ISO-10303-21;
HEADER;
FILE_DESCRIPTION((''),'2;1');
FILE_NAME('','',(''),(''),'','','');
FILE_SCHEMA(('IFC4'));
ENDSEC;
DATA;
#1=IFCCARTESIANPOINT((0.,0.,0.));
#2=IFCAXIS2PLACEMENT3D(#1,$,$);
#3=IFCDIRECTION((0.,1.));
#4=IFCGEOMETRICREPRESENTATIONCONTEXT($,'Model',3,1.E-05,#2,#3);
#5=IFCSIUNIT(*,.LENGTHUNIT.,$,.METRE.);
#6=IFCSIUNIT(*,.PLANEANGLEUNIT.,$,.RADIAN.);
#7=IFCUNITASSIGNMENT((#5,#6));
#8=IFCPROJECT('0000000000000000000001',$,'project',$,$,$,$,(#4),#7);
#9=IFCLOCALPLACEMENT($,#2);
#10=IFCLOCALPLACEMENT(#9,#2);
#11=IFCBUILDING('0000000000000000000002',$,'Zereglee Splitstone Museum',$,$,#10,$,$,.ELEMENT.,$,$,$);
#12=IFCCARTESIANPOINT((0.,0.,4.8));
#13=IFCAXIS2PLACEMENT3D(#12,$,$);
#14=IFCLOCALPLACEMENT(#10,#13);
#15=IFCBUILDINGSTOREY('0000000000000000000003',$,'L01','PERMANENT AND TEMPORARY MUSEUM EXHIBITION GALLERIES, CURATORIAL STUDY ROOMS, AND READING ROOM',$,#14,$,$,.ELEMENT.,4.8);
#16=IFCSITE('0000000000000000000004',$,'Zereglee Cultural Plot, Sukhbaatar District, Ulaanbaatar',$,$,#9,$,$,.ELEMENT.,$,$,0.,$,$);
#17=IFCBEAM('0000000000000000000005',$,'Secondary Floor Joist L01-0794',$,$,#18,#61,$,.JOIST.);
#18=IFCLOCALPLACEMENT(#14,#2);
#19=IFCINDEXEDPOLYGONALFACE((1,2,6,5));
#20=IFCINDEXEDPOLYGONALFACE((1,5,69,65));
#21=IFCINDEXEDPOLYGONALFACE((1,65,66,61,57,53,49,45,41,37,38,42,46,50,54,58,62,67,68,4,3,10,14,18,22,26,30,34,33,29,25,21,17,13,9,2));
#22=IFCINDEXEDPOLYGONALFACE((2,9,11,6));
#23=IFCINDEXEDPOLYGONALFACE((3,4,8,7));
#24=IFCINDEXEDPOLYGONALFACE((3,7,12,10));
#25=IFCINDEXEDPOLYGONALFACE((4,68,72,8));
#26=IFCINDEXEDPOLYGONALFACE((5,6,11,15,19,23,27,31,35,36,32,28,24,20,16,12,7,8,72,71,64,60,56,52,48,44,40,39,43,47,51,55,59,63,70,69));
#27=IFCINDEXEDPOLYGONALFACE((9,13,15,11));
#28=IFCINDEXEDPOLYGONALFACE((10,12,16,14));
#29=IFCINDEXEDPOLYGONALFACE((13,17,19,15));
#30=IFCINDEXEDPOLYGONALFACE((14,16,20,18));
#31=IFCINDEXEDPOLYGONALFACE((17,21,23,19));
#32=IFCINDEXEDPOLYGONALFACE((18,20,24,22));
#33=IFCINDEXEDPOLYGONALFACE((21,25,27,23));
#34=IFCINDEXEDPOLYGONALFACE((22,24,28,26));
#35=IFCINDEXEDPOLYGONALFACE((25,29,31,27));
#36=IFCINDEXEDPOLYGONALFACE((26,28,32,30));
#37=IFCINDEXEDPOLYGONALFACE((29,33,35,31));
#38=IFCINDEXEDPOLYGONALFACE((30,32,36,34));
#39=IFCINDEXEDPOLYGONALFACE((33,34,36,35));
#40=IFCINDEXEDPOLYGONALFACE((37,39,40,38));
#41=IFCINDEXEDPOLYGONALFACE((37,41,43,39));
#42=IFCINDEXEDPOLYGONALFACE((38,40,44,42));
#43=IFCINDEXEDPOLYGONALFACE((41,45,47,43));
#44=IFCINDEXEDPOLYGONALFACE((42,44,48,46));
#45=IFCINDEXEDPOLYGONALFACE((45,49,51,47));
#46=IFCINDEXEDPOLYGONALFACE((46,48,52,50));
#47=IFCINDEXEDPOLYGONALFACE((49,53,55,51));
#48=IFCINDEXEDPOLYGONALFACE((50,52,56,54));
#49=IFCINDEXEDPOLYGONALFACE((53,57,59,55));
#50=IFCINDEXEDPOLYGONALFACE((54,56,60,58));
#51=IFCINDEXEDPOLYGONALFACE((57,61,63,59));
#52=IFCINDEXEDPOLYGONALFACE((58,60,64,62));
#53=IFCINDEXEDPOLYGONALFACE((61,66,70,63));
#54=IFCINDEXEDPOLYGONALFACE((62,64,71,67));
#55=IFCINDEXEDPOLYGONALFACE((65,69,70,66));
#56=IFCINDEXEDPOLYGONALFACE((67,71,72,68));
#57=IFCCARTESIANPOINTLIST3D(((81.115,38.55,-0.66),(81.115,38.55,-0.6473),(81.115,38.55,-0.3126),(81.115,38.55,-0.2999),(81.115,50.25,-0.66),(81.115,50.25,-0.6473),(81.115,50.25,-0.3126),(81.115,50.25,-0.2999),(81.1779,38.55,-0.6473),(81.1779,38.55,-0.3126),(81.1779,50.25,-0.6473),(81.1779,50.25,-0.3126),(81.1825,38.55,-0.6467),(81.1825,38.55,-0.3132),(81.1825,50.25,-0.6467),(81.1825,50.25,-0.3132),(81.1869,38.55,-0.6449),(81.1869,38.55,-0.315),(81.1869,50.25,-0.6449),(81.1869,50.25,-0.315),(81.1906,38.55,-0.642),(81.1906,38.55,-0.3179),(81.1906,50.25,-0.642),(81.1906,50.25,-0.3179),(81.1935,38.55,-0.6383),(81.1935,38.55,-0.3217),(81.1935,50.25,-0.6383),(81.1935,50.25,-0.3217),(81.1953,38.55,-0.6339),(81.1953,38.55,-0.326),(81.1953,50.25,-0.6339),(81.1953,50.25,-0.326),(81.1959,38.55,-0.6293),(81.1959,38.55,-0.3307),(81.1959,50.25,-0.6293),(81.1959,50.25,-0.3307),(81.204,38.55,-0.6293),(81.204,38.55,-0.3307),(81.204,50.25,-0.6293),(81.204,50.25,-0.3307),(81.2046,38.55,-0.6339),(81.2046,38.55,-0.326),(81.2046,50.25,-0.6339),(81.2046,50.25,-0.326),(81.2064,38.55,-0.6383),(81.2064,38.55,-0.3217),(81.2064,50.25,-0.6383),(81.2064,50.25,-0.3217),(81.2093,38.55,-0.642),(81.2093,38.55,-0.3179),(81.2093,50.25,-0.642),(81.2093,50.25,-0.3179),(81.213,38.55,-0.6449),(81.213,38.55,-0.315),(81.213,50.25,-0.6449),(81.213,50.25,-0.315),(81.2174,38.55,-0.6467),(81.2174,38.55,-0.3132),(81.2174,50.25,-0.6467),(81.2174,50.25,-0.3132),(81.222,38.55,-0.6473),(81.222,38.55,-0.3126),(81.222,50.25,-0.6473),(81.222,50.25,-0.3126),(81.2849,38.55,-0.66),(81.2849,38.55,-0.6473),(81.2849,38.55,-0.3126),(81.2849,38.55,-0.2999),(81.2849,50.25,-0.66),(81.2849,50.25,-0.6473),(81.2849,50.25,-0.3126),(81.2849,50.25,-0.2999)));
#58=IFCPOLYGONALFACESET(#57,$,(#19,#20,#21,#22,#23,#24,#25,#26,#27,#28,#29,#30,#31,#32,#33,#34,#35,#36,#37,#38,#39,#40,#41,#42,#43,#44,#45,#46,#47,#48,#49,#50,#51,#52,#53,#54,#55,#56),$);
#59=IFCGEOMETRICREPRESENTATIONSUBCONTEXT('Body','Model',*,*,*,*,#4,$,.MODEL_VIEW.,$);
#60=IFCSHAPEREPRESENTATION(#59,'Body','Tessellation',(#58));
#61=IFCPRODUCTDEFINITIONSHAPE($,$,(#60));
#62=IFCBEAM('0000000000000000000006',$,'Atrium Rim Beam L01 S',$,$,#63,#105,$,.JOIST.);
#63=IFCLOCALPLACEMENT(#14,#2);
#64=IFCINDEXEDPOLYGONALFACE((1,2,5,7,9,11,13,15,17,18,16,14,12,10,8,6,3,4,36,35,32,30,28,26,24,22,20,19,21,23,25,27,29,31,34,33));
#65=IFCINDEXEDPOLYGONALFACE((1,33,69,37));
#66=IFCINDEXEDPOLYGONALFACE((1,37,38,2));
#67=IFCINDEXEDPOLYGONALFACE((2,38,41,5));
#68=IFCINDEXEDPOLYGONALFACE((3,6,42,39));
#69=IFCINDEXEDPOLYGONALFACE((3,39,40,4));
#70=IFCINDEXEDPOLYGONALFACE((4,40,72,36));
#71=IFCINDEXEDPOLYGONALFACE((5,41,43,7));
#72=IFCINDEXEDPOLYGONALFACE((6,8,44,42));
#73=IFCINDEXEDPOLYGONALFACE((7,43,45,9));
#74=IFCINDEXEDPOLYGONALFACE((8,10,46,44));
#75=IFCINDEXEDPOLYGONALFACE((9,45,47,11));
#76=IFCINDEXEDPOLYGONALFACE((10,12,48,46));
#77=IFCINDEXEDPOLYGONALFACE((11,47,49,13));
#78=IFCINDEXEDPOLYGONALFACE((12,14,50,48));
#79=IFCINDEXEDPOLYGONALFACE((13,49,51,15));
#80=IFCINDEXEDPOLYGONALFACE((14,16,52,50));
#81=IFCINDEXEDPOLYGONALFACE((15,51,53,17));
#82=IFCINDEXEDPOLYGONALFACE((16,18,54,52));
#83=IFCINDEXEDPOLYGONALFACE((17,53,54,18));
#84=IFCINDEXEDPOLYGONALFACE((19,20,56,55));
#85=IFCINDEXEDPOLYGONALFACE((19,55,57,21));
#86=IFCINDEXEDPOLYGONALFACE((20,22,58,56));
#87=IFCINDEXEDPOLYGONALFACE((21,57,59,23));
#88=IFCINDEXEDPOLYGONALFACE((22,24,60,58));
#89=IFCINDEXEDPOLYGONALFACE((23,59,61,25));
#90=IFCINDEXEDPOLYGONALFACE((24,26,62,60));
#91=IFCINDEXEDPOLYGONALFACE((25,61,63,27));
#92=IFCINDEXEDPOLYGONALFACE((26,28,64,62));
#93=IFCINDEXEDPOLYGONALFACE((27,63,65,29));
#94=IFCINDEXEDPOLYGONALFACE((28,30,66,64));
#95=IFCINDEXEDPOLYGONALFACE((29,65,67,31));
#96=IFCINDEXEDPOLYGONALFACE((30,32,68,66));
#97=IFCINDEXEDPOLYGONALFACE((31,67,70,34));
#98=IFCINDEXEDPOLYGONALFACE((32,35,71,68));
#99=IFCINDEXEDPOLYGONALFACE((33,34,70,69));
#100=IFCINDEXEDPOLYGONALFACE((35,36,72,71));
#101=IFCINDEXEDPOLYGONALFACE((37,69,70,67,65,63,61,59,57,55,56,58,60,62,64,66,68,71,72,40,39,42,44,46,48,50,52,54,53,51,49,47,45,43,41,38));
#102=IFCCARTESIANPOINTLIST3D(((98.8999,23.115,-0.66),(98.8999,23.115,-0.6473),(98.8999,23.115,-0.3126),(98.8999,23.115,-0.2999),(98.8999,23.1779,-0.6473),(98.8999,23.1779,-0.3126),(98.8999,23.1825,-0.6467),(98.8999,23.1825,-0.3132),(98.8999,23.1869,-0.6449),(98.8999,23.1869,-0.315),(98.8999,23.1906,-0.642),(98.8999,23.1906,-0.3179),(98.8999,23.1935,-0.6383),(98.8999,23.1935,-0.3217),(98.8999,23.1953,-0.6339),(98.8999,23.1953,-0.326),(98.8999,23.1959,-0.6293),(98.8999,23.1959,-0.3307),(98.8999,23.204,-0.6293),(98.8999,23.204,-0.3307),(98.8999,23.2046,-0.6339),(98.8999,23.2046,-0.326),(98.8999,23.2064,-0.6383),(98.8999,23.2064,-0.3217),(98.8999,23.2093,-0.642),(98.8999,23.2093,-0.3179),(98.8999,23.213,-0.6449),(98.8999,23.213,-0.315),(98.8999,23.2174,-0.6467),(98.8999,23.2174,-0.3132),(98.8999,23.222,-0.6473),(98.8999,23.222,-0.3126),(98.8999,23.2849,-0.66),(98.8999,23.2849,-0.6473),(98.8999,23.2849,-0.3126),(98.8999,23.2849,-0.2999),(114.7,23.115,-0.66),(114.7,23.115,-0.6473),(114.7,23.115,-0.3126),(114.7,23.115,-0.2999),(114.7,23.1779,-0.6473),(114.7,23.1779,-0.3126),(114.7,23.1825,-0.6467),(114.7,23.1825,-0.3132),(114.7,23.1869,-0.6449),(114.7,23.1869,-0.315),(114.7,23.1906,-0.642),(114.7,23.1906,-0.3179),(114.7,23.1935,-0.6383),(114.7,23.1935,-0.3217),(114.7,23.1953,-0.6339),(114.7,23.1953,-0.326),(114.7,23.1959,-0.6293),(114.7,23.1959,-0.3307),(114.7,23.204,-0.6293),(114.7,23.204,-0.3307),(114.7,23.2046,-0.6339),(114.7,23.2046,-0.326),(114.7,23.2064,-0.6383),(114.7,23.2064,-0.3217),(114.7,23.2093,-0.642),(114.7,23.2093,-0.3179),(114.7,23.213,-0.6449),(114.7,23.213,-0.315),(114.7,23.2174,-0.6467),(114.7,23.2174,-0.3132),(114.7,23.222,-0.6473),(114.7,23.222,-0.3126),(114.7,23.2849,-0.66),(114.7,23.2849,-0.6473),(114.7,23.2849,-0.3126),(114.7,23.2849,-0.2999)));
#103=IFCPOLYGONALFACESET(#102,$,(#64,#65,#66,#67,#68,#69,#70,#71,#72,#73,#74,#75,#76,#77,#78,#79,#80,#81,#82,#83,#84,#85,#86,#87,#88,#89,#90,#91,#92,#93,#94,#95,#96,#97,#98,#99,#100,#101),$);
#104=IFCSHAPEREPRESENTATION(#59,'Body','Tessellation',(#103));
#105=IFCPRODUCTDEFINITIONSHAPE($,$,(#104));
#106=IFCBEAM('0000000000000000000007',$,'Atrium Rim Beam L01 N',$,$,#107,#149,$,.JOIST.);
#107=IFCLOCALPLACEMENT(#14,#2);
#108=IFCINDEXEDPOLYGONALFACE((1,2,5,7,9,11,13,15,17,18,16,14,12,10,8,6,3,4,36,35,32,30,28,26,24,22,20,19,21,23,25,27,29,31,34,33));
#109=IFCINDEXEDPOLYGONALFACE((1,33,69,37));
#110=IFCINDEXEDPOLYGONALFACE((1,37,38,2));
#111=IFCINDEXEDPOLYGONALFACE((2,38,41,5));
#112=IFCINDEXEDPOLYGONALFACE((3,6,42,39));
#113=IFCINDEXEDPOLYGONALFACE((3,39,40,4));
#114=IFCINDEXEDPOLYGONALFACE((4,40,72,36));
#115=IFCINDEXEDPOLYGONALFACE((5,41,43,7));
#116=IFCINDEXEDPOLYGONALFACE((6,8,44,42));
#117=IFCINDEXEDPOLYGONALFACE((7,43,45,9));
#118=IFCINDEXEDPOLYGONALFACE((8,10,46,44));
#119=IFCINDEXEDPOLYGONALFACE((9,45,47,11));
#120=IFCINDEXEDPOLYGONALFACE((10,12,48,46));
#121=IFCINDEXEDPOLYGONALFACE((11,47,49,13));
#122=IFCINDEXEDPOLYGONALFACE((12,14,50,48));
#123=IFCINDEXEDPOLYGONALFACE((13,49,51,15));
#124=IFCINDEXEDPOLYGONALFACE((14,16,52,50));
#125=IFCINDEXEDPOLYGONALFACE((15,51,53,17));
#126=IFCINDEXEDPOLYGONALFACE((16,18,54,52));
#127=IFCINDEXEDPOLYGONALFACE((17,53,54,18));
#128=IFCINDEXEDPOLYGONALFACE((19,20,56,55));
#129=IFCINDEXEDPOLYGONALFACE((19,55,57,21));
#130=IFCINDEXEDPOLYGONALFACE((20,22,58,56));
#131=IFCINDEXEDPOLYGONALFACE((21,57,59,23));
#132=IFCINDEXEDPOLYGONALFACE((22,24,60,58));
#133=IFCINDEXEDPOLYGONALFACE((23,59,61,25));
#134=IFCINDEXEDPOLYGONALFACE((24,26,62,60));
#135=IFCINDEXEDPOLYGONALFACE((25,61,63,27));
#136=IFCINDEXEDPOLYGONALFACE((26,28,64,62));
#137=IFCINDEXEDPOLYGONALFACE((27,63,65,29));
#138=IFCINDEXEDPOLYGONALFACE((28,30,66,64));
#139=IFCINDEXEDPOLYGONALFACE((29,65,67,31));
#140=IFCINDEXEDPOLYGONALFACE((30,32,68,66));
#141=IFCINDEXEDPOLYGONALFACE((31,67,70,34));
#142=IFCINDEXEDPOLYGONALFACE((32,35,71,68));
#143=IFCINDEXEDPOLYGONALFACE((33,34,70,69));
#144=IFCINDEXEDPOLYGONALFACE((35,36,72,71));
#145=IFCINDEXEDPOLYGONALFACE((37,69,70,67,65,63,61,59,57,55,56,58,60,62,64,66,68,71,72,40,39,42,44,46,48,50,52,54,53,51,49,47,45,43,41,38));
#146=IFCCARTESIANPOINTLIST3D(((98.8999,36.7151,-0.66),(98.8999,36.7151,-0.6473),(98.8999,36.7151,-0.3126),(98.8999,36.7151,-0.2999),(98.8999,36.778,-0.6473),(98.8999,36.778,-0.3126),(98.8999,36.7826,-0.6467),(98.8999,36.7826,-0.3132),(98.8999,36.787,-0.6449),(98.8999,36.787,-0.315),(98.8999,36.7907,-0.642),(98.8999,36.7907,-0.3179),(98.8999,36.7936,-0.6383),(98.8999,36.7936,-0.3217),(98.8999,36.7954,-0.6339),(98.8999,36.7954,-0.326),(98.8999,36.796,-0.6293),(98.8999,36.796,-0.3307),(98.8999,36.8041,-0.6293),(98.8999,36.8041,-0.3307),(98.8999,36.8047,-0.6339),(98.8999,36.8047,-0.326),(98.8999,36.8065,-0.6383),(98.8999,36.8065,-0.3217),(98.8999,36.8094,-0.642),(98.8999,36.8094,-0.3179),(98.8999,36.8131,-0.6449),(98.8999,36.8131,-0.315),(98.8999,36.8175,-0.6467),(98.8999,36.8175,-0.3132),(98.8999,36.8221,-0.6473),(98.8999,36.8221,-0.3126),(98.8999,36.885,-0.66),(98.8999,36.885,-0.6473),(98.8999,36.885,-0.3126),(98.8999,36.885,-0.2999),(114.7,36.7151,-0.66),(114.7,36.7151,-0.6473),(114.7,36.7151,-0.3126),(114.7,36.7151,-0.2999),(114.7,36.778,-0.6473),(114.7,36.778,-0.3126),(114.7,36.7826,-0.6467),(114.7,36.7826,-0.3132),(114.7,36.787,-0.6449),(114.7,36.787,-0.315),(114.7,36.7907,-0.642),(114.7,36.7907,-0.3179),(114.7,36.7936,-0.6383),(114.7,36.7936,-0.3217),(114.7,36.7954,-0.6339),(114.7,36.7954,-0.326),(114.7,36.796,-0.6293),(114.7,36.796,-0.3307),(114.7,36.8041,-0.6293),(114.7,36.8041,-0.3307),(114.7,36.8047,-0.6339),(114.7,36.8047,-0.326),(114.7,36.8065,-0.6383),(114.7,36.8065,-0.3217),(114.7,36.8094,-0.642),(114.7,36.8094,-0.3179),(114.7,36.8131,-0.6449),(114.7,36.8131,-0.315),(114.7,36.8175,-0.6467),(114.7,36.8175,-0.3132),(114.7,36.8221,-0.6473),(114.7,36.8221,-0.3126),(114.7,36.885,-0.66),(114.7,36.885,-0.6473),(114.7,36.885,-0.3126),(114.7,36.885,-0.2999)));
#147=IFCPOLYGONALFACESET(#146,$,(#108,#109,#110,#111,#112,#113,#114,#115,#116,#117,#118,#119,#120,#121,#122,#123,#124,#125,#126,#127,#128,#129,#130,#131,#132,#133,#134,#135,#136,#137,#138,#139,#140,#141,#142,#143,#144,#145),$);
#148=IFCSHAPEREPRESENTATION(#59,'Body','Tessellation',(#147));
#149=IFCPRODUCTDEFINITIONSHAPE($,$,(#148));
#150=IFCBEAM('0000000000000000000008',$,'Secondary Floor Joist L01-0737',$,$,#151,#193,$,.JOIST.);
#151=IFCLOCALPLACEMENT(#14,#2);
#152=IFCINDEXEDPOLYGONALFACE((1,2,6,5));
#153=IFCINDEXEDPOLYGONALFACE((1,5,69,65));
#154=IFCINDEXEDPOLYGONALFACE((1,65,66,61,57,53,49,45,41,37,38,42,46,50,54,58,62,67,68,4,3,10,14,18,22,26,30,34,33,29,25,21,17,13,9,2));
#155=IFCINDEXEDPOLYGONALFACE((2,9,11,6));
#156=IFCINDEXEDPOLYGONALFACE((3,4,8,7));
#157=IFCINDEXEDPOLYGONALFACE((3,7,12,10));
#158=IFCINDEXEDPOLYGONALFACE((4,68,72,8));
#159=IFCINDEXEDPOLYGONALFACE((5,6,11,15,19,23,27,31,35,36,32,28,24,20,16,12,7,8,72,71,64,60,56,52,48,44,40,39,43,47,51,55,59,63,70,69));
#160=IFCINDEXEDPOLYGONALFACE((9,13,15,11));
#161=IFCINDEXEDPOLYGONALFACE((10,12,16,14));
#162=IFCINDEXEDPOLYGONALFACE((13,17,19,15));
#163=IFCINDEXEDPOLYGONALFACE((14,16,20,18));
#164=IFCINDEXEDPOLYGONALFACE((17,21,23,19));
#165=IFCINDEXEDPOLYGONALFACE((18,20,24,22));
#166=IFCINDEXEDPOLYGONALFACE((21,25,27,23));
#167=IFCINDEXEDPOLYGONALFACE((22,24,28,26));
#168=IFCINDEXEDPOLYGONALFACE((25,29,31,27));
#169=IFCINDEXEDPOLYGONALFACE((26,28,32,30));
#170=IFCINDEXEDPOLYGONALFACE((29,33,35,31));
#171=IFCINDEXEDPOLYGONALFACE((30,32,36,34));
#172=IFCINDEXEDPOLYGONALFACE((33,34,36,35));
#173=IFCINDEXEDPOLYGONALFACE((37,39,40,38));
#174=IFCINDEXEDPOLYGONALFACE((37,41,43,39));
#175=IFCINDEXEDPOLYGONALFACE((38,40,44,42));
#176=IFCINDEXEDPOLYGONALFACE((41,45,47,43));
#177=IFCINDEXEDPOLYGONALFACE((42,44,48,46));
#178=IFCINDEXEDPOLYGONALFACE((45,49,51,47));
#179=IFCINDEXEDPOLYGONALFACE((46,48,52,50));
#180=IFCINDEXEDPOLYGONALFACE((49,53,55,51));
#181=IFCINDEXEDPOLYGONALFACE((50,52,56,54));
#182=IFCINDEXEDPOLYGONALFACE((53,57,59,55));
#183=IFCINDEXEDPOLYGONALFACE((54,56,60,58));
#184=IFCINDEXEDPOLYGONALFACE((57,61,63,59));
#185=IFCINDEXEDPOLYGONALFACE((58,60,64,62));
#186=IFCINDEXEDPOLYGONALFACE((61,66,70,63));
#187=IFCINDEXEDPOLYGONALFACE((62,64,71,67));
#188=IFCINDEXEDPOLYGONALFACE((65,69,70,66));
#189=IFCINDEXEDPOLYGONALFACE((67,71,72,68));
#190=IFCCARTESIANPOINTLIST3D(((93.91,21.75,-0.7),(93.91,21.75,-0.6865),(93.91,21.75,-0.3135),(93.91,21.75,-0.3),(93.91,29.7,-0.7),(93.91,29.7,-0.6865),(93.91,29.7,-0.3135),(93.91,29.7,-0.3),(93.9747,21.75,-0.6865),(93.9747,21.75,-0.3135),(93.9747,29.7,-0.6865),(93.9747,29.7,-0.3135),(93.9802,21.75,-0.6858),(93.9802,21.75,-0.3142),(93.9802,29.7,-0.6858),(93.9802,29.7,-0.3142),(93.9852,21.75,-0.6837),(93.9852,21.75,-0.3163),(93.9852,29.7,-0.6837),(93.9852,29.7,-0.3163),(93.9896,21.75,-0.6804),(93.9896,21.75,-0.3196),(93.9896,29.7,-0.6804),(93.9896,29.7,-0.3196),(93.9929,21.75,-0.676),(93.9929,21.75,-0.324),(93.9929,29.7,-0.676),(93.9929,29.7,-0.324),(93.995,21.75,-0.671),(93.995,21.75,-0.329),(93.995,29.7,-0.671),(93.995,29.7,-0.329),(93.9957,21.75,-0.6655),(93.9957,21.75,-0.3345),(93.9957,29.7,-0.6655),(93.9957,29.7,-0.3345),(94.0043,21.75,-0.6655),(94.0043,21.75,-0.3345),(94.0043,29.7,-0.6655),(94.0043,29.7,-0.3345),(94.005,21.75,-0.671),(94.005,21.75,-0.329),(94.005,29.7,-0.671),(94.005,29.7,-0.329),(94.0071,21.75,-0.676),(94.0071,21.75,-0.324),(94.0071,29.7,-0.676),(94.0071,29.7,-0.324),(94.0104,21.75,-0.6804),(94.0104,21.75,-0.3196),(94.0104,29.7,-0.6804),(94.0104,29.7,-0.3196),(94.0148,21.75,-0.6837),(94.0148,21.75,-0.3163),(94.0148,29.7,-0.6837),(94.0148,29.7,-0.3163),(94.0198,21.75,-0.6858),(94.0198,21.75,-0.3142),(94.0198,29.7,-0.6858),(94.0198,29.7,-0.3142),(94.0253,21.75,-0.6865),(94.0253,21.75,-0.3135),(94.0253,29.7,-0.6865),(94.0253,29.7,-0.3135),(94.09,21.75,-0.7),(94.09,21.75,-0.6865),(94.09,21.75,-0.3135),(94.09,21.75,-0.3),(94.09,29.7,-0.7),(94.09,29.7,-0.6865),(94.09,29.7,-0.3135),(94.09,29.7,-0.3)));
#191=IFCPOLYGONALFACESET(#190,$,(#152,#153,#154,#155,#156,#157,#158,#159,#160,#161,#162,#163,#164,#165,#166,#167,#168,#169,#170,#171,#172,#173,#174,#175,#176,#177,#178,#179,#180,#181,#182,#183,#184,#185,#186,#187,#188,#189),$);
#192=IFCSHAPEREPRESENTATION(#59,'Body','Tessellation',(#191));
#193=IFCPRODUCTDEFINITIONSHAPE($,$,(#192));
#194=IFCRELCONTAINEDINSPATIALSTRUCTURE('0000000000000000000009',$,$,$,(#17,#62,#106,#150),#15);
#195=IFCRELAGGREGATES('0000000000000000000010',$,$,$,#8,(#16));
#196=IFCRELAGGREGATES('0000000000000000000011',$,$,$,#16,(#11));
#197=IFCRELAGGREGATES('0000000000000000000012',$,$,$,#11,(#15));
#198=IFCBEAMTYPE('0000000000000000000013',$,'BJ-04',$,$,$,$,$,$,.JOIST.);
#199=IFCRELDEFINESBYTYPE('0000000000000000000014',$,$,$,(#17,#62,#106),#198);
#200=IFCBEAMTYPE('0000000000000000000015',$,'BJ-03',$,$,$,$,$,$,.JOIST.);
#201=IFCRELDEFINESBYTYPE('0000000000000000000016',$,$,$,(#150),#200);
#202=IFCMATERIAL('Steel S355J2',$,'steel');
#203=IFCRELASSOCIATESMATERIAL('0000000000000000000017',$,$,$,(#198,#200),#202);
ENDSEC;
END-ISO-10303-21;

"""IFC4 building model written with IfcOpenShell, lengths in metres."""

from ifc_helpers import new_model, si_unit, direction, frame, origin, origin_2d, place, context, subcontext, project, spatial, i_section, extrude, material, material_profile, profile_set, type_object, element, save


model = new_model("IFC4")

# Units and contexts
model_context = context("Model", 3, precision=1e-05, world=origin(), true_north=direction((0.0, 1.0)))
body_context = subcontext(model_context, "Body", "Model", "MODEL_VIEW")
ifc_project = project(units=[si_unit("LENGTHUNIT", "METRE"), si_unit("PLANEANGLEUNIT", "RADIAN")], contexts=[model_context])

# Site, building, storey
site_placement = place(None, origin())
site = spatial("IfcSite", under=ifc_project, at=site_placement, Name="Zereglee Cultural Plot, Sukhbaatar District, Ulaanbaatar", CompositionType="ELEMENT", RefElevation=0.0)
building_placement = place(site_placement, origin())
building = spatial("IfcBuilding", under=site, at=building_placement, Name="Zereglee Splitstone Museum", CompositionType="ELEMENT")
storey_placement = place(building_placement, frame((0.0, 0.0, 4.8)))
storey = spatial("IfcBuildingStorey", under=building, at=storey_placement, Name="L01", Description="PERMANENT AND TEMPORARY MUSEUM EXHIBITION GALLERIES, CURATORIAL STUDY ROOMS, AND READING ROOM", CompositionType="ELEMENT", Elevation=4.8)

# Shared definitions
ifc_material_1 = material(Name="Steel S355J2", Category="steel")

# Beams
ifc_material_profile_1 = material_profile(ifc_material_1, i_section(OverallWidth=0.1699, OverallDepth=0.3601, WebThickness=0.0081, FlangeThickness=0.0127, FilletRadius=0.0181, at=origin_2d()), Name="IPE 360")
ifc_profile_set_1 = profile_set([ifc_material_profile_1], Name="Steel S355J2")
beam_type_1 = type_object("IfcBeamType", Name="BJ-04", PredefinedType="JOIST", material=ifc_profile_set_1)
beam_1_placement = place(storey_placement, frame((81.2, 38.55, -0.48), z_axis=(0.0, 1.0, 0.0), x_axis=(-1.0, 0.0, 0.0)))
element("IfcBeam", 1, at=beam_1_placement, inside=storey, type_object=beam_type_1, Name="Secondary Floor Joist L01-0794", PredefinedType="JOIST", context=body_context, shape_type="SweptSolid", body=[
    extrude(i_section(OverallWidth=0.1699, OverallDepth=0.3601, WebThickness=0.0081, FlangeThickness=0.0127, FilletRadius=0.0181, at=origin_2d()), origin(), (0.0, 0.0, 1.0), 11.7),
])
for number, where, z_axis, x_axis, name in (
    (2, (98.8999, 23.2, -0.48), (1.0, 0.0, 0.0), (0.0, 1.0, 0.0), "Atrium Rim Beam L01 S"),
    (3, (98.8999, 36.8, -0.48), (1.0, 0.0, 0.0), (0.0, 1.0, 0.0), "Atrium Rim Beam L01 N"),
):
    element("IfcBeam", number, at=place(storey_placement, frame(where, z_axis=z_axis, x_axis=x_axis)), inside=storey, type_object=beam_type_1, Name=name, PredefinedType="JOIST", context=body_context, shape_type="SweptSolid", body=[
        extrude(i_section(OverallWidth=0.1699, OverallDepth=0.3601, WebThickness=0.0081, FlangeThickness=0.0127, FilletRadius=0.0181, at=origin_2d()), origin(), (0.0, 0.0, 1.0), 15.8),
    ])
ifc_material_profile_2 = material_profile(ifc_material_1, i_section(OverallWidth=0.1799, OverallDepth=0.3999, WebThickness=0.0085, FlangeThickness=0.0134, FilletRadius=0.021, at=origin_2d()), Name="IPE 400")
ifc_profile_set_2 = profile_set([ifc_material_profile_2], Name="Steel S355J2")
beam_type_2 = type_object("IfcBeamType", Name="BJ-03", PredefinedType="JOIST", material=ifc_profile_set_2)
beam_2_placement = place(storey_placement, frame((94.0, 21.75, -0.5), z_axis=(0.0, 1.0, 0.0), x_axis=(-1.0, 0.0, 0.0)))
element("IfcBeam", 4, at=beam_2_placement, inside=storey, type_object=beam_type_2, Name="Secondary Floor Joist L01-0737", PredefinedType="JOIST", context=body_context, shape_type="SweptSolid", body=[
    extrude(i_section(OverallWidth=0.1799, OverallDepth=0.3999, WebThickness=0.0085, FlangeThickness=0.0134, FilletRadius=0.021, at=origin_2d()), origin(), (0.0, 0.0, 1.0), 7.95),
])

save(model, "model.ifc")
